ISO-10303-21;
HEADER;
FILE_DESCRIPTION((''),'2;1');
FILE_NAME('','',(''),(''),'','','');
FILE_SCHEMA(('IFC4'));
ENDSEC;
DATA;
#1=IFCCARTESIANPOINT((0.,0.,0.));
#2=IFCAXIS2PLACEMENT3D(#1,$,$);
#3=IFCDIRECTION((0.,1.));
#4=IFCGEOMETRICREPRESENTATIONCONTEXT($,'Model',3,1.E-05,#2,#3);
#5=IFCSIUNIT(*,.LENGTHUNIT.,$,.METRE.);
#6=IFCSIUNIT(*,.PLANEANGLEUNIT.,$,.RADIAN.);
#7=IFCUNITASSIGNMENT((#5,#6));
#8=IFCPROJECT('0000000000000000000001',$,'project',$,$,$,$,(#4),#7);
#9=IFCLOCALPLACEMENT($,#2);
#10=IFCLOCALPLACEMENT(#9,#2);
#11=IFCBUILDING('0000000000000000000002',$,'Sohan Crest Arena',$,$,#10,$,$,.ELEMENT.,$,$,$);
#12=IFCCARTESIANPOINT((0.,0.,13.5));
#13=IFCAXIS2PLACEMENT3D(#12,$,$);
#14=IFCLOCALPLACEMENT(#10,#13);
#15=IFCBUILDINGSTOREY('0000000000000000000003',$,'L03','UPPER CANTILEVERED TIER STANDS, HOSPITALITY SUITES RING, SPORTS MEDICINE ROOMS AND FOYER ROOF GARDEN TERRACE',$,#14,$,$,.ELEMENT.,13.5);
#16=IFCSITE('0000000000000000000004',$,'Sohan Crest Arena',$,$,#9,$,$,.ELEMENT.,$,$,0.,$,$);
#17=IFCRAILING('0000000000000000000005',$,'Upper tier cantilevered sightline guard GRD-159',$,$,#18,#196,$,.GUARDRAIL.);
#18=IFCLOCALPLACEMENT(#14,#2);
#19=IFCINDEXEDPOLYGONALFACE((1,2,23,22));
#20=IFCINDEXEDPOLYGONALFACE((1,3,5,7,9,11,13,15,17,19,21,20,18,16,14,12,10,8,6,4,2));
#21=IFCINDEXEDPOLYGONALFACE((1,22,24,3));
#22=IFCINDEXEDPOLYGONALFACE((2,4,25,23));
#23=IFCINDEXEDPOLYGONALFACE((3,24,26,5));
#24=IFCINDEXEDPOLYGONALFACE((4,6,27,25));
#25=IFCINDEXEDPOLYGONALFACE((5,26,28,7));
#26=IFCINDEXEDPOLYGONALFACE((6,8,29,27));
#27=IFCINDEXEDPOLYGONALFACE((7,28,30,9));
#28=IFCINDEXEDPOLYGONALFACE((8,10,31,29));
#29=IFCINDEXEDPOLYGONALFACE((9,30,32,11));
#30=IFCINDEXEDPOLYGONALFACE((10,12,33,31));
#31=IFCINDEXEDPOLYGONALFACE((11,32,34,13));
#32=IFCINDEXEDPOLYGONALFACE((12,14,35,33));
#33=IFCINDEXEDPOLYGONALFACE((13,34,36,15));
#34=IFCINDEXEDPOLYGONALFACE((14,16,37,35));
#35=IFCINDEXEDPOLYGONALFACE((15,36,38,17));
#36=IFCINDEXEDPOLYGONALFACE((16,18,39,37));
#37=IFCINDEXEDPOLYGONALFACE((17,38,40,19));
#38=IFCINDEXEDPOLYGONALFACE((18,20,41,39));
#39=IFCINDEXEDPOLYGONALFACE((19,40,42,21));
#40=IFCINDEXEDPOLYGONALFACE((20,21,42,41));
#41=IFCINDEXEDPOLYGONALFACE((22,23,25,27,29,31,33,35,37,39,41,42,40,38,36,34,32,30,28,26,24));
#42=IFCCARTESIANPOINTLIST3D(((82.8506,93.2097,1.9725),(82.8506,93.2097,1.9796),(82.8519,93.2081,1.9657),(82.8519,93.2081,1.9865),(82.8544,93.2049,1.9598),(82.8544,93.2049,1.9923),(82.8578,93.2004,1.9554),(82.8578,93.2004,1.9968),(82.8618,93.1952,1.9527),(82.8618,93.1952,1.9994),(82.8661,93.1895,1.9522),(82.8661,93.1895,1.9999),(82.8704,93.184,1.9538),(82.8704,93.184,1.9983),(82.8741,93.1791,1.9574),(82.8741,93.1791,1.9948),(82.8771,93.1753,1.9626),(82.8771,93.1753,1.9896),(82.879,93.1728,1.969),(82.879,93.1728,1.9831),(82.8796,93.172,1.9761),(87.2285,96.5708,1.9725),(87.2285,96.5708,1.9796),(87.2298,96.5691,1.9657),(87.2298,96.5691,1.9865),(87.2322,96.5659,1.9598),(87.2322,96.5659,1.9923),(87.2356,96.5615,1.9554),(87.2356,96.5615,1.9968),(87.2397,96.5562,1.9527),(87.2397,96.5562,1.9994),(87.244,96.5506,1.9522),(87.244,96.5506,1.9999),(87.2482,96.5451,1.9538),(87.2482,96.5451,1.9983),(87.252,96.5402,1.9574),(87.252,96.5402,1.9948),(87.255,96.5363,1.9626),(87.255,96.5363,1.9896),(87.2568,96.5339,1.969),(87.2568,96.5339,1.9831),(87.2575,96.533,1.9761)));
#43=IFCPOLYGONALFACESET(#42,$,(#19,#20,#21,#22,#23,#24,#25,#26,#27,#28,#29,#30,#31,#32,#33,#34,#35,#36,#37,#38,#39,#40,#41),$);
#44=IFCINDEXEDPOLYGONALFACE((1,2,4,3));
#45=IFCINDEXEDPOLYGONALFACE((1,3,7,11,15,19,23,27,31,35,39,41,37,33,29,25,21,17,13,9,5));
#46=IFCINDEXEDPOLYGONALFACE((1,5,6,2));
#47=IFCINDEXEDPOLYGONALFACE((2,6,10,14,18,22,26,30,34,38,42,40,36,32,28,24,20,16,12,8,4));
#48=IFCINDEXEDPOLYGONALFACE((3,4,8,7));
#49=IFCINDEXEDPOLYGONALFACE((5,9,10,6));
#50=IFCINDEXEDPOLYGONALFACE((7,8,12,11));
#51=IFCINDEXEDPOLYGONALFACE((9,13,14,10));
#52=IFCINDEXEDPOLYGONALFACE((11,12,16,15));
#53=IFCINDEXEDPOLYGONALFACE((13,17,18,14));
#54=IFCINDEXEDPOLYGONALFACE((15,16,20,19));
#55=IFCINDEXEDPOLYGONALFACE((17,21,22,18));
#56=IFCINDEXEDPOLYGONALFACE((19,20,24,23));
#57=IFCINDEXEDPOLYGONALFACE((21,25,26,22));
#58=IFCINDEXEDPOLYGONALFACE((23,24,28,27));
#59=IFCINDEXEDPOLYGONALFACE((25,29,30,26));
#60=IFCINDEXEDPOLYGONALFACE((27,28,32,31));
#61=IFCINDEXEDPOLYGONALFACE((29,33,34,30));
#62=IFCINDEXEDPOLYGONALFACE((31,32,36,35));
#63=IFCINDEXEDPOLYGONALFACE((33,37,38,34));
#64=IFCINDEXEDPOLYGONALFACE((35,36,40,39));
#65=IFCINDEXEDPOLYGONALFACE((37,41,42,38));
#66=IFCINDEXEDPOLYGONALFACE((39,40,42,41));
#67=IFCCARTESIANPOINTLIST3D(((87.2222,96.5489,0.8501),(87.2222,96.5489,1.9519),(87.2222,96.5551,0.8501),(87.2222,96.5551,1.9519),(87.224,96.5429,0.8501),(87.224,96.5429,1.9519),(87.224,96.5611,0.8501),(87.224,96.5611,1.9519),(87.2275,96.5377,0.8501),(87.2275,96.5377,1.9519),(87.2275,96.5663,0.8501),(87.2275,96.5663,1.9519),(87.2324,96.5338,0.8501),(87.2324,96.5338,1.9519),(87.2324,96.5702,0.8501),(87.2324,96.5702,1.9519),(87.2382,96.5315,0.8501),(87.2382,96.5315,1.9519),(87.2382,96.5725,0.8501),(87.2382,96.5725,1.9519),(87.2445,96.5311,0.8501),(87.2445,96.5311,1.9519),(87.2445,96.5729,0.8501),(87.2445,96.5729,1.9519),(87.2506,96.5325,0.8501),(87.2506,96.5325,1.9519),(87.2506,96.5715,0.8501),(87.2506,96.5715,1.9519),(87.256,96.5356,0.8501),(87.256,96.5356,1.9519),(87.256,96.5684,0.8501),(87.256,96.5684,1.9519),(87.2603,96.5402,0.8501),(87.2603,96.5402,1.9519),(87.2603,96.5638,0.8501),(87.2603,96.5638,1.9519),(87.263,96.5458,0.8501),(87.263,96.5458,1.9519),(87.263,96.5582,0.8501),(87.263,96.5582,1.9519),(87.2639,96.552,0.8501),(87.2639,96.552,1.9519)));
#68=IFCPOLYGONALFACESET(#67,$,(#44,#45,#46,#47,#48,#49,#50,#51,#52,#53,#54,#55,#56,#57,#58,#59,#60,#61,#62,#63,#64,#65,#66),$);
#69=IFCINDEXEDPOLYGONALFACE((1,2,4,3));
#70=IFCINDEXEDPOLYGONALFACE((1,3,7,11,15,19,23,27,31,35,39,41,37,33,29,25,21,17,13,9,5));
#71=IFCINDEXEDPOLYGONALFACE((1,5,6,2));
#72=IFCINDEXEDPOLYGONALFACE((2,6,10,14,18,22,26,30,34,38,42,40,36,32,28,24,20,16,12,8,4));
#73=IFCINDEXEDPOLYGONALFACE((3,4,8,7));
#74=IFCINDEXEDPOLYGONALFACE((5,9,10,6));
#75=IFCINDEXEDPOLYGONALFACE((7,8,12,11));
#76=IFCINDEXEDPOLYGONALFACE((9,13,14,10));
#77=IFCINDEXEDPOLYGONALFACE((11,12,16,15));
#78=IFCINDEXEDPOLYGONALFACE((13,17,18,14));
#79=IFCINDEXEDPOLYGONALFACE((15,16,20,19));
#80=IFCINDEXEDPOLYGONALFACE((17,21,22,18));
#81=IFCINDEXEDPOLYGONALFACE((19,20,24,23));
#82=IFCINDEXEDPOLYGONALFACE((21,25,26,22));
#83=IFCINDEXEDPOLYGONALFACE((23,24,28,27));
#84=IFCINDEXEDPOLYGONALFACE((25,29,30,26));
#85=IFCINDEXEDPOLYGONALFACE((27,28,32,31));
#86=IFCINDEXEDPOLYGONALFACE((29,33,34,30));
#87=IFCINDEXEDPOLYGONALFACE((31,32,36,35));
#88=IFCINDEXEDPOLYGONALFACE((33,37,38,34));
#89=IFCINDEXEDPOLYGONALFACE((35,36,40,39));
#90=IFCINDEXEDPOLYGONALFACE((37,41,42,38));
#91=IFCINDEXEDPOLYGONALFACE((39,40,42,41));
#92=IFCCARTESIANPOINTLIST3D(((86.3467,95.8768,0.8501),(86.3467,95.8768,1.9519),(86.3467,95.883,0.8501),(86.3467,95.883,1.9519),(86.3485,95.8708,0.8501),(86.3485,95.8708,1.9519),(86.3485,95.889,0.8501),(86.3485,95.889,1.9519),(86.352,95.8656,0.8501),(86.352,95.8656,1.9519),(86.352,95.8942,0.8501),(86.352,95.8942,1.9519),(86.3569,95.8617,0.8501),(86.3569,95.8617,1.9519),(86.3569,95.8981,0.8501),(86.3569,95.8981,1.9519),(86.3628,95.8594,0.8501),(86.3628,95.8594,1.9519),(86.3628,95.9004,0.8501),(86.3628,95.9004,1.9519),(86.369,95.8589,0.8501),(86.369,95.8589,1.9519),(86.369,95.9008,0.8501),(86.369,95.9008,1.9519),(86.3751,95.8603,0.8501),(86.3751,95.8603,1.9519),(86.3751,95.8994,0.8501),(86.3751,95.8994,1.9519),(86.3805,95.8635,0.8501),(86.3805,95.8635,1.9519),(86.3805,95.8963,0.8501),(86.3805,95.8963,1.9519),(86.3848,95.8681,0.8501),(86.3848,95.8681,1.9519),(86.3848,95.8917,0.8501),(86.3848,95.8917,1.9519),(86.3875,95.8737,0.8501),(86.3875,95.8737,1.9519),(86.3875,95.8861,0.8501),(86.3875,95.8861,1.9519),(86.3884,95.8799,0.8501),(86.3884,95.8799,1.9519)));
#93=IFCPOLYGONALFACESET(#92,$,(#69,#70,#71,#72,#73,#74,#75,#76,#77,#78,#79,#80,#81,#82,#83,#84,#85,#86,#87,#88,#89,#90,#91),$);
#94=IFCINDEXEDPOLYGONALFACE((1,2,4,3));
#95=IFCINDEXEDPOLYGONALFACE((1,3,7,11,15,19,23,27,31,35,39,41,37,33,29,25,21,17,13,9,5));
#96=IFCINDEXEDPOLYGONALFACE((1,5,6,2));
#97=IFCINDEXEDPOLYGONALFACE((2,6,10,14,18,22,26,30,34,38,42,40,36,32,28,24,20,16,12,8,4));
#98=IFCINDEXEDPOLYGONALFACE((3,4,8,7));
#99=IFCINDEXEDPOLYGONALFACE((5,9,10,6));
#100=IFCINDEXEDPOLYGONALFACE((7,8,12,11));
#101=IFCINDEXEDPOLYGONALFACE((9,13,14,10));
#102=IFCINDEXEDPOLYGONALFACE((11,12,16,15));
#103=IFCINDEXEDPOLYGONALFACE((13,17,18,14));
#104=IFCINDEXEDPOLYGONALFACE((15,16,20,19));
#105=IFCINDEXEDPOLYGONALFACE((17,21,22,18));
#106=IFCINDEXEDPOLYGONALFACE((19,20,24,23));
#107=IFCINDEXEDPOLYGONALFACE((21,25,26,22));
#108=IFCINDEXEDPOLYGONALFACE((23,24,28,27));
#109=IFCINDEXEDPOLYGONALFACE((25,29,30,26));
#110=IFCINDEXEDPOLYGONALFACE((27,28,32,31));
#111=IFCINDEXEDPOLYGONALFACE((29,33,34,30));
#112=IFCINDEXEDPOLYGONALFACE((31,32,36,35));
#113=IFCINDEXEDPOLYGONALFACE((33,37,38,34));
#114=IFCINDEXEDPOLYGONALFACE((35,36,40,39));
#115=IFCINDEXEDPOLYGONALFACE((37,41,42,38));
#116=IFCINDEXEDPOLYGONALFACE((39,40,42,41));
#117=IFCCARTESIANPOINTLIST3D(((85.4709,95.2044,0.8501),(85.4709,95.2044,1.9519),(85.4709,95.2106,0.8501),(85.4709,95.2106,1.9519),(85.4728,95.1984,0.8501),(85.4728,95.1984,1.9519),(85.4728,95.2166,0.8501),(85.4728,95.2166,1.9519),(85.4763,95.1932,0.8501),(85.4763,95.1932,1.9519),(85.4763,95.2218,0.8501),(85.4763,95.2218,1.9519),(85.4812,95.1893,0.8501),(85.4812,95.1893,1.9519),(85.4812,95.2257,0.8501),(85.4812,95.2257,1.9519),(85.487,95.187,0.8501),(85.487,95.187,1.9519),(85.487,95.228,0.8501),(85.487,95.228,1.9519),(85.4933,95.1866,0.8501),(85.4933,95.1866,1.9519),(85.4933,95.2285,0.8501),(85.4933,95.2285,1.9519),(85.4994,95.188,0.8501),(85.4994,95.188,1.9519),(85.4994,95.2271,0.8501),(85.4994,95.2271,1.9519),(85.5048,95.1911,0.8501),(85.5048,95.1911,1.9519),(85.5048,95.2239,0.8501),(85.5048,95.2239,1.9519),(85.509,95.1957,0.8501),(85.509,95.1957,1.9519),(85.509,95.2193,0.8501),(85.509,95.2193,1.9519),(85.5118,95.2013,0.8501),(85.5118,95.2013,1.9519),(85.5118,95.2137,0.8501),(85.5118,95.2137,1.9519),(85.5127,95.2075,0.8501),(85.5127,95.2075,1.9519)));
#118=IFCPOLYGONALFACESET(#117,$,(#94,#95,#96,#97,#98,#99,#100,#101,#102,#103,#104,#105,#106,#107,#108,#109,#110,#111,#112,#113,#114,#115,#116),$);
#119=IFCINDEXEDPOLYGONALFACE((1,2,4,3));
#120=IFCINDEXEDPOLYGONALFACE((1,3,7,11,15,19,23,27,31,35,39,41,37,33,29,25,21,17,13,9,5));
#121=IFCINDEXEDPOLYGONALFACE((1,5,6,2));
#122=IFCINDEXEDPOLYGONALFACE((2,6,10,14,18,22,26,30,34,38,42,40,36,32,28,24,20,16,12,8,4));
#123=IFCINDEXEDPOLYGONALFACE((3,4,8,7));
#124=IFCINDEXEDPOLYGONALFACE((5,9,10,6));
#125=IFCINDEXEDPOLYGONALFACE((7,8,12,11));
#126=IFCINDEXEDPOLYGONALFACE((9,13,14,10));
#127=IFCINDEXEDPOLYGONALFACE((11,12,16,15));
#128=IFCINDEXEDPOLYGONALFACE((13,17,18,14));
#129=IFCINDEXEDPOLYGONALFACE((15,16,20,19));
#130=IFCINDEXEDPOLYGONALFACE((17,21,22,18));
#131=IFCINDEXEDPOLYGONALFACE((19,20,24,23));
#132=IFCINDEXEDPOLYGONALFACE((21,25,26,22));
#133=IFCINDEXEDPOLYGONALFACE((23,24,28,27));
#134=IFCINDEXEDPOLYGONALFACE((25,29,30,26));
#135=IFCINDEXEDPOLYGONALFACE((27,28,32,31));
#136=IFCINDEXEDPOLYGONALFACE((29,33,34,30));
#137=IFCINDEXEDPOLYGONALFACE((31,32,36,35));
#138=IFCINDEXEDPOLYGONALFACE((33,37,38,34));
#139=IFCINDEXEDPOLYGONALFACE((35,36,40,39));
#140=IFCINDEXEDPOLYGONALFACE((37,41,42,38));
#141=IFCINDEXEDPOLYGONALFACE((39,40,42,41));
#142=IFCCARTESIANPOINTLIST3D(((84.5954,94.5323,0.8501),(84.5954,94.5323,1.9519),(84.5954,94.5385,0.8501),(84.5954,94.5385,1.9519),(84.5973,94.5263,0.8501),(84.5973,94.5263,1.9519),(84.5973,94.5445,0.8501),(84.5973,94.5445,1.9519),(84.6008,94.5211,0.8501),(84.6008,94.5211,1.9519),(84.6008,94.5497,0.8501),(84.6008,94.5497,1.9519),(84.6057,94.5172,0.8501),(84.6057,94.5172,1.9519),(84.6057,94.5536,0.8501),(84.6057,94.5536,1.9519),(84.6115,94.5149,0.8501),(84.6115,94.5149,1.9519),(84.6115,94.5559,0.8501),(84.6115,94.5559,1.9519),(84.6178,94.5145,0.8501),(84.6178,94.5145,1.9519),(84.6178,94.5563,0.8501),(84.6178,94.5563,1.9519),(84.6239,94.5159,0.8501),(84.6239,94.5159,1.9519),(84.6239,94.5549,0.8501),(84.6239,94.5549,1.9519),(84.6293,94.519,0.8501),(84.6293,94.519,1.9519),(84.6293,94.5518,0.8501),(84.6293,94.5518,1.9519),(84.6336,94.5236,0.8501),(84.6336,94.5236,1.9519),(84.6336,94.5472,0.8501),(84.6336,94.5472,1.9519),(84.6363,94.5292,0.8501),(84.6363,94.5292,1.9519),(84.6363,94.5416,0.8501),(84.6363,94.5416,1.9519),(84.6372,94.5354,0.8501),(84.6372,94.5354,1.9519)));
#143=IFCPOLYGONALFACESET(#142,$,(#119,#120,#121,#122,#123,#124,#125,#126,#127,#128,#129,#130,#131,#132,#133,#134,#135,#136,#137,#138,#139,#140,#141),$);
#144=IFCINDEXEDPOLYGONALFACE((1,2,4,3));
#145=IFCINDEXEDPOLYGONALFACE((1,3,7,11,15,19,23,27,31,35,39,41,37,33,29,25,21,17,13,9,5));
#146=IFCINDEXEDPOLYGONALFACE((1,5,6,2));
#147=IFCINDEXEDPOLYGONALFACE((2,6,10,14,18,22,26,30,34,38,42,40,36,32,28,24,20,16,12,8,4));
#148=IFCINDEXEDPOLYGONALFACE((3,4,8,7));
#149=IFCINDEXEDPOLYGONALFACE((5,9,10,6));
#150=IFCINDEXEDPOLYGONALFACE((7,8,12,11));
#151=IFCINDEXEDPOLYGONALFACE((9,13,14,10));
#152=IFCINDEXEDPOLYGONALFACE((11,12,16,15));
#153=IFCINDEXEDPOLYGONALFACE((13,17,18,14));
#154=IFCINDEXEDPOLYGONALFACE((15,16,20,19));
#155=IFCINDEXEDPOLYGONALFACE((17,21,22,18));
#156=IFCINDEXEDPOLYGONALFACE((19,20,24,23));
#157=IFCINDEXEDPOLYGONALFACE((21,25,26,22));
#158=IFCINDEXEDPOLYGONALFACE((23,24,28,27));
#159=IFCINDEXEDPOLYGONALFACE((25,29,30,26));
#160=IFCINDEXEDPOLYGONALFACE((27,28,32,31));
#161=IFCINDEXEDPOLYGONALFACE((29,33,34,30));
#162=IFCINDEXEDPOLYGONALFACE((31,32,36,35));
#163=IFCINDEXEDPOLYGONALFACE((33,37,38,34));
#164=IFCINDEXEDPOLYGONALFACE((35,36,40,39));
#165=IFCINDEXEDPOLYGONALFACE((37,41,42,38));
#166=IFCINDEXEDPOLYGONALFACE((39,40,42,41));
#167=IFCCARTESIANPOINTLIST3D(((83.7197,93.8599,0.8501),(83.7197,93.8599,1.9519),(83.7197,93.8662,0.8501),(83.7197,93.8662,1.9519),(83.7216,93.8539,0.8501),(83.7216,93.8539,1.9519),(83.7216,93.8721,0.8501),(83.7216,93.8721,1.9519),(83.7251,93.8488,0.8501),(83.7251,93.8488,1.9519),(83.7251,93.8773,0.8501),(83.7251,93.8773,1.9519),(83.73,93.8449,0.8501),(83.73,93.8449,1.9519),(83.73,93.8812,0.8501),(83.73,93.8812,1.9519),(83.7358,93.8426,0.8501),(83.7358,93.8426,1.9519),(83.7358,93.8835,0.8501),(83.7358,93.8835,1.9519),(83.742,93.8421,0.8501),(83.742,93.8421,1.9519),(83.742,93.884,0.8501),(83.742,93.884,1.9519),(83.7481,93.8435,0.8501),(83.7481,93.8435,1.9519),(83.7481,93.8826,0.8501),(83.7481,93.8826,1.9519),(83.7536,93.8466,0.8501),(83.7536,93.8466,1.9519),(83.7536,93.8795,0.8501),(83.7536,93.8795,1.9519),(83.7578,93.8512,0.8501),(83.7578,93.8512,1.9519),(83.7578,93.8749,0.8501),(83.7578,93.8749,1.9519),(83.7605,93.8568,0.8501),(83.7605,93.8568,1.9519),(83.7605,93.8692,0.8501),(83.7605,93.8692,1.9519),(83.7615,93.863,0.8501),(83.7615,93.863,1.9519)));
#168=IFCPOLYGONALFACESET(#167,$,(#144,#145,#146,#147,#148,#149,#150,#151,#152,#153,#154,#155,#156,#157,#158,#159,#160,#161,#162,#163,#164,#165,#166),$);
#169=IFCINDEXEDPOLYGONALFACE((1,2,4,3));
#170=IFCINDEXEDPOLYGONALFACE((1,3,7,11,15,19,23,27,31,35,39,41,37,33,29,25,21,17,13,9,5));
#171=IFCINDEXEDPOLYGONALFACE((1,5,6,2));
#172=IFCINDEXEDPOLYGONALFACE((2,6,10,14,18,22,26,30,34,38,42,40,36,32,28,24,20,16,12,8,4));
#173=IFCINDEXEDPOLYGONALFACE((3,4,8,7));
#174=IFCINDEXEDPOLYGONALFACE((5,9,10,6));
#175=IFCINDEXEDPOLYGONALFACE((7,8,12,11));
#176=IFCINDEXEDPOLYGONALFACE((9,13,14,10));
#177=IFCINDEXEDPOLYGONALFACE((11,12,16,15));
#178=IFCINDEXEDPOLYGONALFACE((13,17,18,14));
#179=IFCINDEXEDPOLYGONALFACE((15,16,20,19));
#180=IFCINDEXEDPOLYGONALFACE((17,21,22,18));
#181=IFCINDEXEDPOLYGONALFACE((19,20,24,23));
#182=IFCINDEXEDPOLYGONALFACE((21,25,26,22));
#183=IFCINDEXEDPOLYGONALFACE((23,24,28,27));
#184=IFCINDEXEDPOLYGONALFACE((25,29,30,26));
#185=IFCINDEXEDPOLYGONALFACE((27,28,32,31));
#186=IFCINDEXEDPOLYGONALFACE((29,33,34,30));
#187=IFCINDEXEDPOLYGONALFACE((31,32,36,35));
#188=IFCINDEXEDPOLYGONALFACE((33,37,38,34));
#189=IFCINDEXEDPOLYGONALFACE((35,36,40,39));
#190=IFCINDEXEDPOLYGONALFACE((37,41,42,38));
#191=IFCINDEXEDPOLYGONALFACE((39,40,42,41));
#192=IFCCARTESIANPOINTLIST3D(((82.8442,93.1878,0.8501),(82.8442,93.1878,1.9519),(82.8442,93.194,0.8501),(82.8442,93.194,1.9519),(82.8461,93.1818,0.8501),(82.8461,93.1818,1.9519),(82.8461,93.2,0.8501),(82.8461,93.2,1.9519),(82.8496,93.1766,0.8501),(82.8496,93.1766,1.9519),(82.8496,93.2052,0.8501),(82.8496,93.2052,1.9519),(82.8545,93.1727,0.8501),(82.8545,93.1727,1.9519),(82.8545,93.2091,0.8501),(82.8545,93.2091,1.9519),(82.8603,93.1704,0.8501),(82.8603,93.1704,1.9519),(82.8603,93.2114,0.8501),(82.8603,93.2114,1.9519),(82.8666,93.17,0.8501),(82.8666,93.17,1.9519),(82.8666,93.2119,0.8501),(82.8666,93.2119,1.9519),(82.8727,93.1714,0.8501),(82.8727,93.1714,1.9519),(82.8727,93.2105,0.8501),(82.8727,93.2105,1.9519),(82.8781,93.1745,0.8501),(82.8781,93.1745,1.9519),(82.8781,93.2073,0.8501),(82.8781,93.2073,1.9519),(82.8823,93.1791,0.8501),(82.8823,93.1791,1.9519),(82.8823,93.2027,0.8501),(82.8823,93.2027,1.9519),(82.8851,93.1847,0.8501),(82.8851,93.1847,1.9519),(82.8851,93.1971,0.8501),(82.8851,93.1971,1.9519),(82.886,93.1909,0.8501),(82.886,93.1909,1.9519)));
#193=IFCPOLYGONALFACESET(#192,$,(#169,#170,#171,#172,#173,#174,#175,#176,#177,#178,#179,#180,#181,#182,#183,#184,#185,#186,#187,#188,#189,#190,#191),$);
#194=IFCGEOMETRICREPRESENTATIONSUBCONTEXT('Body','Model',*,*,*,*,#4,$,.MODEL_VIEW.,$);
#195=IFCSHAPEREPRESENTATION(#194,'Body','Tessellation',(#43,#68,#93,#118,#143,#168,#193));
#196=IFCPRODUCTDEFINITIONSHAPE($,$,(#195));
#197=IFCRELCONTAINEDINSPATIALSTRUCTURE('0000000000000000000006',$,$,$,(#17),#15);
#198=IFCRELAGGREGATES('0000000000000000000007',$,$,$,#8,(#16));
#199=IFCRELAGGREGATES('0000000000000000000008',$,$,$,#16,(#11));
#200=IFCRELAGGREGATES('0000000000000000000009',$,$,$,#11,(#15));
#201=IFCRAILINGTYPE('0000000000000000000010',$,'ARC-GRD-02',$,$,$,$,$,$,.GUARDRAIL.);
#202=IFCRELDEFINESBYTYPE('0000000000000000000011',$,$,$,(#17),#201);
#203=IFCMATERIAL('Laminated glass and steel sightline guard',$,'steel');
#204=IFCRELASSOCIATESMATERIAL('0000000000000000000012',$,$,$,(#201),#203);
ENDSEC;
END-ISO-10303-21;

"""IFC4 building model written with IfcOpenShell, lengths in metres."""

from ifc_helpers import new_model, si_unit, direction, frame, origin, origin_2d, place, context, subcontext, project, spatial, circle, extrude, material, type_object, element, save


model = new_model("IFC4")

# Units and contexts
model_context = context("Model", 3, precision=1e-05, world=origin(), true_north=direction((0.0, 1.0)))
body_context = subcontext(model_context, "Body", "Model", "MODEL_VIEW")
ifc_project = project(units=[si_unit("LENGTHUNIT", "METRE"), si_unit("PLANEANGLEUNIT", "RADIAN")], contexts=[model_context])

# Site, building, storey
site_placement = place(None, origin())
site = spatial("IfcSite", under=ifc_project, at=site_placement, Name="Sohan Crest Arena", CompositionType="ELEMENT", RefElevation=0.0)
building_placement = place(site_placement, origin())
building = spatial("IfcBuilding", under=site, at=building_placement, Name="Sohan Crest Arena", CompositionType="ELEMENT")
storey_placement = place(building_placement, frame((0.0, 0.0, 13.5)))
storey = spatial("IfcBuildingStorey", under=building, at=storey_placement, Name="L03", Description="UPPER CANTILEVERED TIER STANDS, HOSPITALITY SUITES RING, SPORTS MEDICINE ROOMS AND FOYER ROOF GARDEN TERRACE", CompositionType="ELEMENT", Elevation=13.5)

# Railing
ifc_material_1 = material(Name="Laminated glass and steel sightline guard", Category="steel")
railing_type = type_object("IfcRailingType", Name="ARC-GRD-02", PredefinedType="GUARDRAIL", material=ifc_material_1)
railing_1_placement = place(storey_placement, frame((87.2429, 96.552, 0.8501)))
element("IfcRailing", 1, at=railing_1_placement, inside=storey, type_object=railing_type, Name="Upper tier cantilevered sightline guard GRD-159", PredefinedType="GUARDRAIL", context=body_context, shape_type="SweptSolid", body=[
    extrude(circle(Radius=0.0239, at=origin_2d()), frame((0.0, 0.0, 1.126), z_axis=(-0.793198, -0.608964, 0.0), x_axis=(0.608964, -0.793198, 0.0)), (0.0, 0.0, 1.0), 5.5193),
    extrude(circle(Radius=0.021, at=origin_2d()), origin(), (0.0, 0.0, 1.0), 1.1018),
    extrude(circle(Radius=0.021, at=origin_2d()), frame((-0.8755, -0.6721, 0.0)), (0.0, 0.0, 1.0), 1.1018),
    extrude(circle(Radius=0.021, at=origin_2d()), frame((-1.7512, -1.3445, 0.0)), (0.0, 0.0, 1.0), 1.1018),
    extrude(circle(Radius=0.021, at=origin_2d()), frame((-2.6267, -2.0166, 0.0)), (0.0, 0.0, 1.0), 1.1018),
    extrude(circle(Radius=0.021, at=origin_2d()), frame((-3.5024, -2.689, 0.0)), (0.0, 0.0, 1.0), 1.1018),
    extrude(circle(Radius=0.021, at=origin_2d()), frame((-4.3779, -3.3611, 0.0)), (0.0, 0.0, 1.0), 1.1018),
])

save(model, "model.ifc")
